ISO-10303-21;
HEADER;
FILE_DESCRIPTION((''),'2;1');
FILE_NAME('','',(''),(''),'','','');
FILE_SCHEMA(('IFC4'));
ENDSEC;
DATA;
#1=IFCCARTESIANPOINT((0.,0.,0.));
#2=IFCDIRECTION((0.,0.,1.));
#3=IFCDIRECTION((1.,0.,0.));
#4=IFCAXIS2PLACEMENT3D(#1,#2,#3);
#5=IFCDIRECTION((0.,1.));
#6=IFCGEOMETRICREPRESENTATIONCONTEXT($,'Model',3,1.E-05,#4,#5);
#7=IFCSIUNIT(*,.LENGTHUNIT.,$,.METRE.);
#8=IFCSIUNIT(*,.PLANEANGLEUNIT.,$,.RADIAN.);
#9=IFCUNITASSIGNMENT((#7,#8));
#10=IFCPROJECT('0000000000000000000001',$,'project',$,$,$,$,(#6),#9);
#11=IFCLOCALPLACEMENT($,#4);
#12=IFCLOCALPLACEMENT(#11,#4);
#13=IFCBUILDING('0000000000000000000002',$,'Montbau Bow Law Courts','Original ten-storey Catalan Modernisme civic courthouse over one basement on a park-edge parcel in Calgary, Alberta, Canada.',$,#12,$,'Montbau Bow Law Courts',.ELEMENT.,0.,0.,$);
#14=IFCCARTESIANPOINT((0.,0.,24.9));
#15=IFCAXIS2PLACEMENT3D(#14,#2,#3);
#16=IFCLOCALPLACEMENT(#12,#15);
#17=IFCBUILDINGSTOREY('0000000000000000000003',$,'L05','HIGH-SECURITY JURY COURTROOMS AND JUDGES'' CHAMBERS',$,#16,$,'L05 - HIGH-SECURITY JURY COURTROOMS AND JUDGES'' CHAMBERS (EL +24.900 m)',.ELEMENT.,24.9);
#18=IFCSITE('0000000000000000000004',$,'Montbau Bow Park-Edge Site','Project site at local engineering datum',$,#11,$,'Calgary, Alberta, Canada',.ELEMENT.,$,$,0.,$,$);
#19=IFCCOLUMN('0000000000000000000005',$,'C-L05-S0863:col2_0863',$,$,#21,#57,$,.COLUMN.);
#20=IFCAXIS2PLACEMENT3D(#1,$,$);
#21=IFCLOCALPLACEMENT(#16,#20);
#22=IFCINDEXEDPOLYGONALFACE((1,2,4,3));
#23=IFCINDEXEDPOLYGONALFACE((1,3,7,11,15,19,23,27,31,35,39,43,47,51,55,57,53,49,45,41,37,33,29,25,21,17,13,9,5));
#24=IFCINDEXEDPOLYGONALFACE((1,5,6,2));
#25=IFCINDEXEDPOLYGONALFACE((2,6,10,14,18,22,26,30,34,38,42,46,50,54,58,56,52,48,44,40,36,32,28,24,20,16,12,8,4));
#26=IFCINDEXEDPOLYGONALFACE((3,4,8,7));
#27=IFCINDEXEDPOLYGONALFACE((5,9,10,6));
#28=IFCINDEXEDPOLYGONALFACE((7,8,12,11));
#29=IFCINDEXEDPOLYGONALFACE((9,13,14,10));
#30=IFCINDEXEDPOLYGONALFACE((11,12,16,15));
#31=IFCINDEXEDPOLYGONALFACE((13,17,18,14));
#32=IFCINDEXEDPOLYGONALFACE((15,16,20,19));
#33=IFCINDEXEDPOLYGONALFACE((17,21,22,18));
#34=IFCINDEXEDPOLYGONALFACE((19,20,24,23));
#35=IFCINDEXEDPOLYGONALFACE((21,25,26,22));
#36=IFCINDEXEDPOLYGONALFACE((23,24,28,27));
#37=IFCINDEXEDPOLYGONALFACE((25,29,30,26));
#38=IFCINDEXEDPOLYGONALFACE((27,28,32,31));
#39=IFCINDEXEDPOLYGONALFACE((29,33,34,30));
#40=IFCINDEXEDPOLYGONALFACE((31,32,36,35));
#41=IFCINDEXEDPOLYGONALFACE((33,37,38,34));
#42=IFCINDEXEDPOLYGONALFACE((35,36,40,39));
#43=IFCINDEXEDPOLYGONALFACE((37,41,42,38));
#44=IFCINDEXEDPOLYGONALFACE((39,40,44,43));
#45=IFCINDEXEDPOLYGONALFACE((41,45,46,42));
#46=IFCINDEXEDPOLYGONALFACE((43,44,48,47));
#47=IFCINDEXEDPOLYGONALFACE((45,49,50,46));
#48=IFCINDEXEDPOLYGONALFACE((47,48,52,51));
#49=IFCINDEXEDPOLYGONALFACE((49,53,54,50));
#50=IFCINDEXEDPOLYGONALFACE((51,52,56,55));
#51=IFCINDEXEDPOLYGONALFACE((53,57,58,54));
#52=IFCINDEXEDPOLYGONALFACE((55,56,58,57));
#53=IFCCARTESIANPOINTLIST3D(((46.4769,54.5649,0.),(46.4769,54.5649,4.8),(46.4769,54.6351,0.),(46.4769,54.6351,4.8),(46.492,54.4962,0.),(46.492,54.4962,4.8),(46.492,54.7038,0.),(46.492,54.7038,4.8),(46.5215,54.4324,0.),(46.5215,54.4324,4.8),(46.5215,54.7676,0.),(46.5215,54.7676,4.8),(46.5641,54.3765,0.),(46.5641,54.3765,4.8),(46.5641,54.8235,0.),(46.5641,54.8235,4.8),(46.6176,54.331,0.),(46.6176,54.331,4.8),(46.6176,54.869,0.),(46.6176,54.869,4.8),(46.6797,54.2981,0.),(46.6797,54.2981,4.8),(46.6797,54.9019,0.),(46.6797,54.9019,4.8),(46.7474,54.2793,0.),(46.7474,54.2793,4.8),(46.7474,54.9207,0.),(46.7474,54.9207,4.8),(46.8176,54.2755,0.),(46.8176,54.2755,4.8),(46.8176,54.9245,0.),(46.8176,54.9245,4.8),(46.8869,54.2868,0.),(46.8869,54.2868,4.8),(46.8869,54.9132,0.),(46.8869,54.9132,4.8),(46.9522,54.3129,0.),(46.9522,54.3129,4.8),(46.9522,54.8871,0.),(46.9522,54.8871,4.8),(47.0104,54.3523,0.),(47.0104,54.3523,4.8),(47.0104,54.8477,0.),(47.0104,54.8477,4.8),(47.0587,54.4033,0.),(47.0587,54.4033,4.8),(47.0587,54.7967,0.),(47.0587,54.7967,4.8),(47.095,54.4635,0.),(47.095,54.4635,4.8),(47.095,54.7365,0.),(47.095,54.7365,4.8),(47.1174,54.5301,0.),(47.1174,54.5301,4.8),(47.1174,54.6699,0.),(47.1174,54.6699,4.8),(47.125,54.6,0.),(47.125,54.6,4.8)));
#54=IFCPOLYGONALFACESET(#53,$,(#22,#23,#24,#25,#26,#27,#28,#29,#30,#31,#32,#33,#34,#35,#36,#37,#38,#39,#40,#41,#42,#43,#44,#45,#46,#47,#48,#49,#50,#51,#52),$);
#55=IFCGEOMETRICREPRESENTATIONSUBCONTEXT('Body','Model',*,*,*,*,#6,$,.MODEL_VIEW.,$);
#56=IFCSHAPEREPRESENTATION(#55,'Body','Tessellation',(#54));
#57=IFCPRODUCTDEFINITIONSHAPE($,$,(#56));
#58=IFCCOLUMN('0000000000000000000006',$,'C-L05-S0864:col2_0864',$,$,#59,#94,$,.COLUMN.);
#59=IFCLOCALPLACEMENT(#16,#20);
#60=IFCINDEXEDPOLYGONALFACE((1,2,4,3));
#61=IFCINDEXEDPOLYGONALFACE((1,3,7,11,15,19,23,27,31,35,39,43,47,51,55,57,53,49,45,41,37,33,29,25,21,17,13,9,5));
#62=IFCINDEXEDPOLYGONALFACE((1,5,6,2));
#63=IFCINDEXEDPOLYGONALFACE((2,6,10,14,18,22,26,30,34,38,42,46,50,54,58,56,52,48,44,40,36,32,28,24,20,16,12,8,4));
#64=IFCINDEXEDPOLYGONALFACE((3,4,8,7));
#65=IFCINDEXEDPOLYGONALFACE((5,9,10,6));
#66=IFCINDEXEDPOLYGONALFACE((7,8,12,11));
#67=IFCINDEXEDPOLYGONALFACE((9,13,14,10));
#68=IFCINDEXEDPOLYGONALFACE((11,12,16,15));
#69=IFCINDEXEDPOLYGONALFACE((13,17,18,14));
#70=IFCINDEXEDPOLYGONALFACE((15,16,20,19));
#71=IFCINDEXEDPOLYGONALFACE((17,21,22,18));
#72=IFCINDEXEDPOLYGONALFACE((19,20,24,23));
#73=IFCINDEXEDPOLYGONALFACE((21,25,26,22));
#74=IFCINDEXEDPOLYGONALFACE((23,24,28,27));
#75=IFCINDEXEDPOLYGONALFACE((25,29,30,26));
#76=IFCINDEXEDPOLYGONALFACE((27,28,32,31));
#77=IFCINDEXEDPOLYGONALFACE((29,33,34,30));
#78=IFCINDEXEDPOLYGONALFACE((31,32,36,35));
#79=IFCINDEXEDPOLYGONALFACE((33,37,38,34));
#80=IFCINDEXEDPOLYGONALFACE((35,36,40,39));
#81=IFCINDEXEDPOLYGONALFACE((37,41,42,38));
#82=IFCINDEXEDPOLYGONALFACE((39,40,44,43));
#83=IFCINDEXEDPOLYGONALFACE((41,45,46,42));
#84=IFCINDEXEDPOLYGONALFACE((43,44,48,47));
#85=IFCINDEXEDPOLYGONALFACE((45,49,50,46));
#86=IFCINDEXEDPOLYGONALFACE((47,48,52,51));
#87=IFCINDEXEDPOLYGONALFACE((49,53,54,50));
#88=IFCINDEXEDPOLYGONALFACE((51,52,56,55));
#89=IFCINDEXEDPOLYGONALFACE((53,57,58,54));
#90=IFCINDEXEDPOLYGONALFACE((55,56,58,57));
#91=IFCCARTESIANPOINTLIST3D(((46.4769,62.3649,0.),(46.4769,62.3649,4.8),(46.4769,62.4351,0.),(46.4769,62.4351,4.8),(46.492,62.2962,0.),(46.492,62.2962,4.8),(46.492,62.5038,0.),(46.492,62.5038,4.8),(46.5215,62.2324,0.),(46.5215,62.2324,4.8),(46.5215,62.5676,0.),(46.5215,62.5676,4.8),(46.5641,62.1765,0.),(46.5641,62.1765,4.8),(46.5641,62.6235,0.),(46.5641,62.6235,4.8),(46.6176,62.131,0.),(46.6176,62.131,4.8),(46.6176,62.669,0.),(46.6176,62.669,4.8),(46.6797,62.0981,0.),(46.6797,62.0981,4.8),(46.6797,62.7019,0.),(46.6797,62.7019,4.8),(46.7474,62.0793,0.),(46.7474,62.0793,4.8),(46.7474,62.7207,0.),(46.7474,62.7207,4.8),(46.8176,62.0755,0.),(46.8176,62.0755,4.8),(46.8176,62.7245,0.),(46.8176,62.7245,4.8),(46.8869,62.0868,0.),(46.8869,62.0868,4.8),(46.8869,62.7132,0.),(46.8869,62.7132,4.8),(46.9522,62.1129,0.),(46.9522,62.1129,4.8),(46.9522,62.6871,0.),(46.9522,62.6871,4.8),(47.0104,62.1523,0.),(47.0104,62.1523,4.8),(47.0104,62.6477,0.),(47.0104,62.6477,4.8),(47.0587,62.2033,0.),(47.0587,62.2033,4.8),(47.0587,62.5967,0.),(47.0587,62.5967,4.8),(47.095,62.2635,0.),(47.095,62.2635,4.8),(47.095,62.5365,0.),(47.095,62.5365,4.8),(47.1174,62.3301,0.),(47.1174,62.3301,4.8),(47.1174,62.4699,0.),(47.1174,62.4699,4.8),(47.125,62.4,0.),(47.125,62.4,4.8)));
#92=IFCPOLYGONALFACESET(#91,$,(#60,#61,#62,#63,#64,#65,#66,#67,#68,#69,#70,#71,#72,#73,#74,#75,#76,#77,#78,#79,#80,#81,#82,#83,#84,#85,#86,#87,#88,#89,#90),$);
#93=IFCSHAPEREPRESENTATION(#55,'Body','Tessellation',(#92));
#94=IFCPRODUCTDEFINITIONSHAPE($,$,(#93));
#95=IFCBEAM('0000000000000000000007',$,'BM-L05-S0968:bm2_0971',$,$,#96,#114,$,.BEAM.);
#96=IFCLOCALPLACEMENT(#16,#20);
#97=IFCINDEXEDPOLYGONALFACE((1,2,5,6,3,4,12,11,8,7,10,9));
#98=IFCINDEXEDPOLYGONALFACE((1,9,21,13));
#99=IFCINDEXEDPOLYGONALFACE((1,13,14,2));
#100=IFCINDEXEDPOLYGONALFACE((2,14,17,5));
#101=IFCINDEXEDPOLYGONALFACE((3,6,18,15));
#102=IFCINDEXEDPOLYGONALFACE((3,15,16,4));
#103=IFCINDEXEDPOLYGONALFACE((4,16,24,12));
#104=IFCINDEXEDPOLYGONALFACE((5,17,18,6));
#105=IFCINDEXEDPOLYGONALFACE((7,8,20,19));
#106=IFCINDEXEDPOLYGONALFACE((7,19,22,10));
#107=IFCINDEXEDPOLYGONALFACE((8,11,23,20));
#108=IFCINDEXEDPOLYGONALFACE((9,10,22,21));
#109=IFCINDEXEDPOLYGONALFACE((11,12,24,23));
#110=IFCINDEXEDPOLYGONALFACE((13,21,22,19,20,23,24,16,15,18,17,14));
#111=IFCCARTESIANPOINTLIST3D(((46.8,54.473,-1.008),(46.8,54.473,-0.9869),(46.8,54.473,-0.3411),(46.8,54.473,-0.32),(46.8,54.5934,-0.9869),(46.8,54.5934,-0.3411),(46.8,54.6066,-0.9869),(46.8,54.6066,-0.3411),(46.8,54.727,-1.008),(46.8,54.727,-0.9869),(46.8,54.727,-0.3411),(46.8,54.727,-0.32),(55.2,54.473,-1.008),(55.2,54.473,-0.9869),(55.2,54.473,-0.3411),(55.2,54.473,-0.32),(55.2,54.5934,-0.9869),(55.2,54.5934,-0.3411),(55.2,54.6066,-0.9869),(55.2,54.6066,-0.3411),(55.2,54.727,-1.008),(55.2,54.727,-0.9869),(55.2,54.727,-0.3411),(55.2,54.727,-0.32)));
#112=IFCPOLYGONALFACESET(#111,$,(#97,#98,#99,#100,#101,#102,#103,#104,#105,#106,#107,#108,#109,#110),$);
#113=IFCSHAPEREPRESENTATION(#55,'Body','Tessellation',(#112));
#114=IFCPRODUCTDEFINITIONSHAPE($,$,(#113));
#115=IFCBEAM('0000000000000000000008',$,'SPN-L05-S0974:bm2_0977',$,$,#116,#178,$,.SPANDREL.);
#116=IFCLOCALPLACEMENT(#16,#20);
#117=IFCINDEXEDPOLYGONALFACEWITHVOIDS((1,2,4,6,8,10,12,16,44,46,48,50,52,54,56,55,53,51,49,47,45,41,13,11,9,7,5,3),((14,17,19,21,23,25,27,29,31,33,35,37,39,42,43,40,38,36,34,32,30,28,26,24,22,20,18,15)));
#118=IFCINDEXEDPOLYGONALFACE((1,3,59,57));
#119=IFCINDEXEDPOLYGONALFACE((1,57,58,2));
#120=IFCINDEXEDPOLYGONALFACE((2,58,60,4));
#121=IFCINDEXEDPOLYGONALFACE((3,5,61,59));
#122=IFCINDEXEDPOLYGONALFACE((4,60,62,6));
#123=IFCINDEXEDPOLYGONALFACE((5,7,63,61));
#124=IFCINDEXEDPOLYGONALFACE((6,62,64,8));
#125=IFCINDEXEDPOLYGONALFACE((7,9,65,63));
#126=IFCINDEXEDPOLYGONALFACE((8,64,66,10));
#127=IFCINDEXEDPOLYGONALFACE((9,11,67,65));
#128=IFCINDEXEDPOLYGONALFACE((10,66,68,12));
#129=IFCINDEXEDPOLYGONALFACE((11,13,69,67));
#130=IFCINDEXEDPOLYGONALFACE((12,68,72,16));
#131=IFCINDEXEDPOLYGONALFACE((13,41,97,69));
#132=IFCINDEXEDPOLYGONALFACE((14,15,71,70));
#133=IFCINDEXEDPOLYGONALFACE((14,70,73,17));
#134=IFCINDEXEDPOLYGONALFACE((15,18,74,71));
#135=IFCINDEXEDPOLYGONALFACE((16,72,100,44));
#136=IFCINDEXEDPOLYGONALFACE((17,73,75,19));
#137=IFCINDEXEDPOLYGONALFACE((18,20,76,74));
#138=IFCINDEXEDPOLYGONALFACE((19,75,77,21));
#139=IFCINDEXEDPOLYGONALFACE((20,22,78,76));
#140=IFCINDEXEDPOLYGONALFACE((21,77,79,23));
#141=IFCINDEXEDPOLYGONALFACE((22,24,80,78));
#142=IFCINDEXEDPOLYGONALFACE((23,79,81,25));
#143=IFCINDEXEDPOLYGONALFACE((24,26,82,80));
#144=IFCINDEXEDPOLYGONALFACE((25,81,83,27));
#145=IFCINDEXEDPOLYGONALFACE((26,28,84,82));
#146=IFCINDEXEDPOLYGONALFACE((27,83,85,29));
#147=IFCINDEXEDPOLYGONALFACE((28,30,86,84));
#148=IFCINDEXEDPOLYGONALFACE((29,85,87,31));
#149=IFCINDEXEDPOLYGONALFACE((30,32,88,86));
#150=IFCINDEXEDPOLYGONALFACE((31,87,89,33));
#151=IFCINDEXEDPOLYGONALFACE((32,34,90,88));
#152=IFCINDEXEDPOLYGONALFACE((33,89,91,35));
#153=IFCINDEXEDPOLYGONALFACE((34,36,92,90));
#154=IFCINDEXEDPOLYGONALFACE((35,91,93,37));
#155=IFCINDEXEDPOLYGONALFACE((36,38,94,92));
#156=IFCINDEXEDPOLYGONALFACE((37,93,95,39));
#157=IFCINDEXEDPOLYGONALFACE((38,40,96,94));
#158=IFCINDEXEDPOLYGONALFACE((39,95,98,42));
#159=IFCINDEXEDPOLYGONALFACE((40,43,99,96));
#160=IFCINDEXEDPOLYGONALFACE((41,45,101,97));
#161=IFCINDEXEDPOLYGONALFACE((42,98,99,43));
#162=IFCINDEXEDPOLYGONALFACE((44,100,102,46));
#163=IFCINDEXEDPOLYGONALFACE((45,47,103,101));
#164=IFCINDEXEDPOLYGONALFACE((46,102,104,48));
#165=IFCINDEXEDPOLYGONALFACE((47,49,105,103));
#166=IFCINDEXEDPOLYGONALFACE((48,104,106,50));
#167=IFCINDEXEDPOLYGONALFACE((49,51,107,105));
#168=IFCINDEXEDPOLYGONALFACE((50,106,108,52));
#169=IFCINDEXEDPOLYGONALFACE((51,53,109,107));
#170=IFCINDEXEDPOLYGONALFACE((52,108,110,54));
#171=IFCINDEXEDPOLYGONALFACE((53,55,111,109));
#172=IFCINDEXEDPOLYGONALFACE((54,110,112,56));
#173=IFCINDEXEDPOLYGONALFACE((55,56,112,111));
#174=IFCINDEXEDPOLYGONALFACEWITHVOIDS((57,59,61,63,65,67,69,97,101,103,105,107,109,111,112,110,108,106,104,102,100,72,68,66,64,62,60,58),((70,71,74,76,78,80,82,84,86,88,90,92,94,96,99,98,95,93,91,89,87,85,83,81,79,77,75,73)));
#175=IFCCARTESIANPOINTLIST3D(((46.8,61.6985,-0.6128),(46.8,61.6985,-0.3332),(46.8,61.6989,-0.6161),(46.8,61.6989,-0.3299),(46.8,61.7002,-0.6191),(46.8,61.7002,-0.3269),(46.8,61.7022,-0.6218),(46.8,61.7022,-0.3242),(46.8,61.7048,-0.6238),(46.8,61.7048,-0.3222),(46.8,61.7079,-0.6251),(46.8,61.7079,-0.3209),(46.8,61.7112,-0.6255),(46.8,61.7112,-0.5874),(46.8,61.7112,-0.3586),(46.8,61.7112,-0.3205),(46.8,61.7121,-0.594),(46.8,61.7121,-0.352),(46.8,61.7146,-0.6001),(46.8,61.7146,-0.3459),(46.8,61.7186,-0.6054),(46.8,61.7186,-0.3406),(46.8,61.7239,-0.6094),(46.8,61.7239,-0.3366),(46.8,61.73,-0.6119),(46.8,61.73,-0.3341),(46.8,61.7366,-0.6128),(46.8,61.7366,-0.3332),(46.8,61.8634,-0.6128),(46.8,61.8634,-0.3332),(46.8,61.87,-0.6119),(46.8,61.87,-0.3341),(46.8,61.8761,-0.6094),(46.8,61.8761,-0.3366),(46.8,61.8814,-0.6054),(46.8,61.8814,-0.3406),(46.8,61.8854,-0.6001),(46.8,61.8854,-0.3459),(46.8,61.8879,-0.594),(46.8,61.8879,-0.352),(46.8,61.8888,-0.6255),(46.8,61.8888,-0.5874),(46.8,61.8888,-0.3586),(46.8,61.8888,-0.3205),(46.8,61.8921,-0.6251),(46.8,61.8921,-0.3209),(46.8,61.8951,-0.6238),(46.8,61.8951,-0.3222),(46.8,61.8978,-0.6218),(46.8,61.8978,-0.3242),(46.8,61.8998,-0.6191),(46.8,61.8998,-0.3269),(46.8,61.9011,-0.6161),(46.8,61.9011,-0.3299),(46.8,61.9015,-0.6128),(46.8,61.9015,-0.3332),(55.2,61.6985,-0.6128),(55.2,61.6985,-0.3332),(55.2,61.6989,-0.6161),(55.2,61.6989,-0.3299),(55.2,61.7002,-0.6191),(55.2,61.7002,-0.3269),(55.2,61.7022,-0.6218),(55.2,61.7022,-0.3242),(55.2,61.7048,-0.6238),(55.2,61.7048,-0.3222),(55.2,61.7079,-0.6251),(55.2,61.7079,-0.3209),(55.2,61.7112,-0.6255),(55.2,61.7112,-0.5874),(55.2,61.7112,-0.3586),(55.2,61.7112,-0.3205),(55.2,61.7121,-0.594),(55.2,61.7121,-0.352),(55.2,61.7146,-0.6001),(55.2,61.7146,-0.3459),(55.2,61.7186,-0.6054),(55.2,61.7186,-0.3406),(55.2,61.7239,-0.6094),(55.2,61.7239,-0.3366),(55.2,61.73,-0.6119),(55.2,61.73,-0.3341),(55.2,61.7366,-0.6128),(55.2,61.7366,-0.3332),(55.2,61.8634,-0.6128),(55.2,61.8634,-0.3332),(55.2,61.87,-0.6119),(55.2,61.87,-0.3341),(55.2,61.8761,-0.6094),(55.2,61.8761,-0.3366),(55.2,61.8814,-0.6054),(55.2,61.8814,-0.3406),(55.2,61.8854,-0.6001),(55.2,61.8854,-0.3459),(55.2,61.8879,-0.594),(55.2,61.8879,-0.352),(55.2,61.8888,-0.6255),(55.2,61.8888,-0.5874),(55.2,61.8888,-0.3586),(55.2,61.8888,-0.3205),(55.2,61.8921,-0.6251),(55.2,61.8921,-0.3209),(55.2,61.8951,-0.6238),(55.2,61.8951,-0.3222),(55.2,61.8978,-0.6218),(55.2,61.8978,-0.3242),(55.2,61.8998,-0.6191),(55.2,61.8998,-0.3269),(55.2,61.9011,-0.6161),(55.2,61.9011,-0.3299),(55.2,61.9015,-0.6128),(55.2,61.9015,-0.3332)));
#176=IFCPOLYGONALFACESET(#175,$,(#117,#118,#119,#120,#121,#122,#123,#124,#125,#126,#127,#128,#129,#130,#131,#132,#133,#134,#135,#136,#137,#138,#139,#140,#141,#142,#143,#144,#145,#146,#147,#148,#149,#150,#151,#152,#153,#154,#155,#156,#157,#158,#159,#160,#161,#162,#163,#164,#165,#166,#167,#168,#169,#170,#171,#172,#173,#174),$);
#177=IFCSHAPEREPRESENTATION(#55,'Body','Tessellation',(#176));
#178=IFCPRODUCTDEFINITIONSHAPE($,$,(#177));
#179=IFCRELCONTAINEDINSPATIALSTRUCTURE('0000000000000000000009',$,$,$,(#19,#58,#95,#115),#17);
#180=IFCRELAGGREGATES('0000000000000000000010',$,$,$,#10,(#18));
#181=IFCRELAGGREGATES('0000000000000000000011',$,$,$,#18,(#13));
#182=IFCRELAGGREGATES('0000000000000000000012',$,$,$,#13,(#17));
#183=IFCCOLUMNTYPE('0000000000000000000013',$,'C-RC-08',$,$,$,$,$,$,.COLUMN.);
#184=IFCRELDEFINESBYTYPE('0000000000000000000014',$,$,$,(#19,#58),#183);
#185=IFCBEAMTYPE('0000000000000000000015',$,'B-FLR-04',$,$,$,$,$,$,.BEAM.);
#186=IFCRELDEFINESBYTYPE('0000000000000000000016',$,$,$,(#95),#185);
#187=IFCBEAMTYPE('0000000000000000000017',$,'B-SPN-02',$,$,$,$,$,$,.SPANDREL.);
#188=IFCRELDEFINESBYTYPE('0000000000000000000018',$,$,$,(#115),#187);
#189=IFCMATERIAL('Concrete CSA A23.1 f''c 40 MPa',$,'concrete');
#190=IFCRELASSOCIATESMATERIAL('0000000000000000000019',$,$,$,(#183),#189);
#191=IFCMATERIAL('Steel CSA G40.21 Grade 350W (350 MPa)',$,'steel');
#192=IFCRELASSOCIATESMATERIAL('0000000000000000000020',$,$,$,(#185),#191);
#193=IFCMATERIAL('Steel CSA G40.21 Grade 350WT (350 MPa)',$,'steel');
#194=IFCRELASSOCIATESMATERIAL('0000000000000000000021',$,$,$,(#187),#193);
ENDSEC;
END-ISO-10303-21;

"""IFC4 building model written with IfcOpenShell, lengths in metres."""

from ifc_helpers import new_model, si_unit, direction, frame, origin_with_axes, origin_2d_with_axis, place, context, subcontext, project, spatial, hollow_rectangle, circle, i_section, extrude, material, material_profile, profile_set, type_object, element, save


model = new_model("IFC4")

# Units and contexts
model_context = context("Model", 3, precision=1e-05, world=origin_with_axes(), true_north=direction((0.0, 1.0)))
body_context = subcontext(model_context, "Body", "Model", "MODEL_VIEW")
ifc_project = project(units=[si_unit("LENGTHUNIT", "METRE"), si_unit("PLANEANGLEUNIT", "RADIAN")], contexts=[model_context])

# Site, building, storey
site_placement = place(None, origin_with_axes())
site = spatial("IfcSite", under=ifc_project, at=site_placement, Name="Montbau Bow Park-Edge Site", Description="Project site at local engineering datum", LongName="Calgary, Alberta, Canada", CompositionType="ELEMENT", RefElevation=0.0)
building_placement = place(site_placement, origin_with_axes())
building = spatial("IfcBuilding", under=site, at=building_placement, Name="Montbau Bow Law Courts", Description="Original ten-storey Catalan Modernisme civic courthouse over one basement on a park-edge parcel in Calgary, Alberta, Canada.", LongName="Montbau Bow Law Courts", CompositionType="ELEMENT", ElevationOfRefHeight=0.0, ElevationOfTerrain=0.0)
storey_placement = place(building_placement, frame((0.0, 0.0, 24.9), z_axis=(0.0, 0.0, 1.0), x_axis=(1.0, 0.0, 0.0)))
storey = spatial("IfcBuildingStorey", under=building, at=storey_placement, Name="L05", Description="HIGH-SECURITY JURY COURTROOMS AND JUDGES' CHAMBERS", LongName="L05 - HIGH-SECURITY JURY COURTROOMS AND JUDGES' CHAMBERS (EL +24.900 m)", CompositionType="ELEMENT", Elevation=24.9)

# Columns
ifc_material_1 = material(Name="Concrete CSA A23.1 f'c 40 MPa", Category="concrete")
ifc_material_profile_1 = material_profile(ifc_material_1, circle(Radius=0.325, at=origin_2d_with_axis()), Name="RC650D", Category="Main", Priority=0)
ifc_profile_set_1 = profile_set([ifc_material_profile_1], Name="Concrete CSA A23.1 f'c 40 MPa")
column_type = type_object("IfcColumnType", Name="C-RC-08", PredefinedType="COLUMN", material=ifc_profile_set_1)
for number, where, z_axis, x_axis, name in (
    (1, (46.8, 54.6, 24.9), (0.0, 0.0, 1.0), (1.0, 0.0, 0.0), "C-L05-S0863:col2_0863"),
    (2, (46.8, 62.4, 24.9), (0.0, 0.0, 1.0), (1.0, 0.0, 0.0), "C-L05-S0864:col2_0864"),
):
    element("IfcColumn", number, at=place(None, frame(where, z_axis=z_axis, x_axis=x_axis)), inside=storey, type_object=column_type, Name=name, PredefinedType="COLUMN", context=body_context, shape_type="SweptSolid", body=[
        extrude(circle(Radius=0.325, at=origin_2d_with_axis()), origin_with_axes(), (0.0, 0.0, 1.0), 4.8),
    ])

# Beams
ifc_material_2 = material(Name="Steel CSA G40.21 Grade 350W (350 MPa)", Category="steel")
ifc_material_profile_2 = material_profile(ifc_material_2, i_section(OverallWidth=0.254, OverallDepth=0.688, WebThickness=0.0131, FlangeThickness=0.0211, at=origin_2d_with_axis()), Name="W690X152", Category="Main", Priority=0)
ifc_profile_set_2 = profile_set([ifc_material_profile_2], Name="Steel CSA G40.21 Grade 350W (350 MPa)")
beam_type_1 = type_object("IfcBeamType", Name="B-FLR-04", PredefinedType="BEAM", material=ifc_profile_set_2)
beam_1_placement = place(None, frame((46.8, 54.6, 24.236), z_axis=(1.0, 0.0, 0.0), x_axis=(0.0, 1.0, 0.0)))
element("IfcBeam", 3, at=beam_1_placement, inside=storey, type_object=beam_type_1, Name="BM-L05-S0968:bm2_0971", PredefinedType="BEAM", context=body_context, shape_type="SweptSolid", body=[
    extrude(i_section(OverallWidth=0.254, OverallDepth=0.688, WebThickness=0.0131, FlangeThickness=0.0211, at=origin_2d_with_axis()), origin_with_axes(), (0.0, 0.0, 1.0), 8.4),
])
ifc_material_3 = material(Name="Steel CSA G40.21 Grade 350WT (350 MPa)", Category="steel")
ifc_material_profile_3 = material_profile(ifc_material_3, hollow_rectangle(XDim=0.203, YDim=0.305, WallThickness=0.0127, InnerFilletRadius=0.0254, OuterFilletRadius=0.0127, at=origin_2d_with_axis()), Name="HSS305X203X13", Category="Main", Priority=0)
ifc_profile_set_3 = profile_set([ifc_material_profile_3], Name="Steel CSA G40.21 Grade 350WT (350 MPa)")
beam_type_2 = type_object("IfcBeamType", Name="B-SPN-02", PredefinedType="SPANDREL", material=ifc_profile_set_3)
beam_2_placement = place(None, frame((46.8, 61.8, 24.427), z_axis=(1.0, 0.0, 0.0), x_axis=(0.0, 1.0, 0.0)))
element("IfcBeam", 4, at=beam_2_placement, inside=storey, type_object=beam_type_2, Name="SPN-L05-S0974:bm2_0977", PredefinedType="SPANDREL", context=body_context, shape_type="SweptSolid", body=[
    extrude(hollow_rectangle(XDim=0.203, YDim=0.305, WallThickness=0.0127, InnerFilletRadius=0.0254, OuterFilletRadius=0.0127, at=origin_2d_with_axis()), origin_with_axes(), (0.0, 0.0, 1.0), 8.4),
])

save(model, "model.ifc")
